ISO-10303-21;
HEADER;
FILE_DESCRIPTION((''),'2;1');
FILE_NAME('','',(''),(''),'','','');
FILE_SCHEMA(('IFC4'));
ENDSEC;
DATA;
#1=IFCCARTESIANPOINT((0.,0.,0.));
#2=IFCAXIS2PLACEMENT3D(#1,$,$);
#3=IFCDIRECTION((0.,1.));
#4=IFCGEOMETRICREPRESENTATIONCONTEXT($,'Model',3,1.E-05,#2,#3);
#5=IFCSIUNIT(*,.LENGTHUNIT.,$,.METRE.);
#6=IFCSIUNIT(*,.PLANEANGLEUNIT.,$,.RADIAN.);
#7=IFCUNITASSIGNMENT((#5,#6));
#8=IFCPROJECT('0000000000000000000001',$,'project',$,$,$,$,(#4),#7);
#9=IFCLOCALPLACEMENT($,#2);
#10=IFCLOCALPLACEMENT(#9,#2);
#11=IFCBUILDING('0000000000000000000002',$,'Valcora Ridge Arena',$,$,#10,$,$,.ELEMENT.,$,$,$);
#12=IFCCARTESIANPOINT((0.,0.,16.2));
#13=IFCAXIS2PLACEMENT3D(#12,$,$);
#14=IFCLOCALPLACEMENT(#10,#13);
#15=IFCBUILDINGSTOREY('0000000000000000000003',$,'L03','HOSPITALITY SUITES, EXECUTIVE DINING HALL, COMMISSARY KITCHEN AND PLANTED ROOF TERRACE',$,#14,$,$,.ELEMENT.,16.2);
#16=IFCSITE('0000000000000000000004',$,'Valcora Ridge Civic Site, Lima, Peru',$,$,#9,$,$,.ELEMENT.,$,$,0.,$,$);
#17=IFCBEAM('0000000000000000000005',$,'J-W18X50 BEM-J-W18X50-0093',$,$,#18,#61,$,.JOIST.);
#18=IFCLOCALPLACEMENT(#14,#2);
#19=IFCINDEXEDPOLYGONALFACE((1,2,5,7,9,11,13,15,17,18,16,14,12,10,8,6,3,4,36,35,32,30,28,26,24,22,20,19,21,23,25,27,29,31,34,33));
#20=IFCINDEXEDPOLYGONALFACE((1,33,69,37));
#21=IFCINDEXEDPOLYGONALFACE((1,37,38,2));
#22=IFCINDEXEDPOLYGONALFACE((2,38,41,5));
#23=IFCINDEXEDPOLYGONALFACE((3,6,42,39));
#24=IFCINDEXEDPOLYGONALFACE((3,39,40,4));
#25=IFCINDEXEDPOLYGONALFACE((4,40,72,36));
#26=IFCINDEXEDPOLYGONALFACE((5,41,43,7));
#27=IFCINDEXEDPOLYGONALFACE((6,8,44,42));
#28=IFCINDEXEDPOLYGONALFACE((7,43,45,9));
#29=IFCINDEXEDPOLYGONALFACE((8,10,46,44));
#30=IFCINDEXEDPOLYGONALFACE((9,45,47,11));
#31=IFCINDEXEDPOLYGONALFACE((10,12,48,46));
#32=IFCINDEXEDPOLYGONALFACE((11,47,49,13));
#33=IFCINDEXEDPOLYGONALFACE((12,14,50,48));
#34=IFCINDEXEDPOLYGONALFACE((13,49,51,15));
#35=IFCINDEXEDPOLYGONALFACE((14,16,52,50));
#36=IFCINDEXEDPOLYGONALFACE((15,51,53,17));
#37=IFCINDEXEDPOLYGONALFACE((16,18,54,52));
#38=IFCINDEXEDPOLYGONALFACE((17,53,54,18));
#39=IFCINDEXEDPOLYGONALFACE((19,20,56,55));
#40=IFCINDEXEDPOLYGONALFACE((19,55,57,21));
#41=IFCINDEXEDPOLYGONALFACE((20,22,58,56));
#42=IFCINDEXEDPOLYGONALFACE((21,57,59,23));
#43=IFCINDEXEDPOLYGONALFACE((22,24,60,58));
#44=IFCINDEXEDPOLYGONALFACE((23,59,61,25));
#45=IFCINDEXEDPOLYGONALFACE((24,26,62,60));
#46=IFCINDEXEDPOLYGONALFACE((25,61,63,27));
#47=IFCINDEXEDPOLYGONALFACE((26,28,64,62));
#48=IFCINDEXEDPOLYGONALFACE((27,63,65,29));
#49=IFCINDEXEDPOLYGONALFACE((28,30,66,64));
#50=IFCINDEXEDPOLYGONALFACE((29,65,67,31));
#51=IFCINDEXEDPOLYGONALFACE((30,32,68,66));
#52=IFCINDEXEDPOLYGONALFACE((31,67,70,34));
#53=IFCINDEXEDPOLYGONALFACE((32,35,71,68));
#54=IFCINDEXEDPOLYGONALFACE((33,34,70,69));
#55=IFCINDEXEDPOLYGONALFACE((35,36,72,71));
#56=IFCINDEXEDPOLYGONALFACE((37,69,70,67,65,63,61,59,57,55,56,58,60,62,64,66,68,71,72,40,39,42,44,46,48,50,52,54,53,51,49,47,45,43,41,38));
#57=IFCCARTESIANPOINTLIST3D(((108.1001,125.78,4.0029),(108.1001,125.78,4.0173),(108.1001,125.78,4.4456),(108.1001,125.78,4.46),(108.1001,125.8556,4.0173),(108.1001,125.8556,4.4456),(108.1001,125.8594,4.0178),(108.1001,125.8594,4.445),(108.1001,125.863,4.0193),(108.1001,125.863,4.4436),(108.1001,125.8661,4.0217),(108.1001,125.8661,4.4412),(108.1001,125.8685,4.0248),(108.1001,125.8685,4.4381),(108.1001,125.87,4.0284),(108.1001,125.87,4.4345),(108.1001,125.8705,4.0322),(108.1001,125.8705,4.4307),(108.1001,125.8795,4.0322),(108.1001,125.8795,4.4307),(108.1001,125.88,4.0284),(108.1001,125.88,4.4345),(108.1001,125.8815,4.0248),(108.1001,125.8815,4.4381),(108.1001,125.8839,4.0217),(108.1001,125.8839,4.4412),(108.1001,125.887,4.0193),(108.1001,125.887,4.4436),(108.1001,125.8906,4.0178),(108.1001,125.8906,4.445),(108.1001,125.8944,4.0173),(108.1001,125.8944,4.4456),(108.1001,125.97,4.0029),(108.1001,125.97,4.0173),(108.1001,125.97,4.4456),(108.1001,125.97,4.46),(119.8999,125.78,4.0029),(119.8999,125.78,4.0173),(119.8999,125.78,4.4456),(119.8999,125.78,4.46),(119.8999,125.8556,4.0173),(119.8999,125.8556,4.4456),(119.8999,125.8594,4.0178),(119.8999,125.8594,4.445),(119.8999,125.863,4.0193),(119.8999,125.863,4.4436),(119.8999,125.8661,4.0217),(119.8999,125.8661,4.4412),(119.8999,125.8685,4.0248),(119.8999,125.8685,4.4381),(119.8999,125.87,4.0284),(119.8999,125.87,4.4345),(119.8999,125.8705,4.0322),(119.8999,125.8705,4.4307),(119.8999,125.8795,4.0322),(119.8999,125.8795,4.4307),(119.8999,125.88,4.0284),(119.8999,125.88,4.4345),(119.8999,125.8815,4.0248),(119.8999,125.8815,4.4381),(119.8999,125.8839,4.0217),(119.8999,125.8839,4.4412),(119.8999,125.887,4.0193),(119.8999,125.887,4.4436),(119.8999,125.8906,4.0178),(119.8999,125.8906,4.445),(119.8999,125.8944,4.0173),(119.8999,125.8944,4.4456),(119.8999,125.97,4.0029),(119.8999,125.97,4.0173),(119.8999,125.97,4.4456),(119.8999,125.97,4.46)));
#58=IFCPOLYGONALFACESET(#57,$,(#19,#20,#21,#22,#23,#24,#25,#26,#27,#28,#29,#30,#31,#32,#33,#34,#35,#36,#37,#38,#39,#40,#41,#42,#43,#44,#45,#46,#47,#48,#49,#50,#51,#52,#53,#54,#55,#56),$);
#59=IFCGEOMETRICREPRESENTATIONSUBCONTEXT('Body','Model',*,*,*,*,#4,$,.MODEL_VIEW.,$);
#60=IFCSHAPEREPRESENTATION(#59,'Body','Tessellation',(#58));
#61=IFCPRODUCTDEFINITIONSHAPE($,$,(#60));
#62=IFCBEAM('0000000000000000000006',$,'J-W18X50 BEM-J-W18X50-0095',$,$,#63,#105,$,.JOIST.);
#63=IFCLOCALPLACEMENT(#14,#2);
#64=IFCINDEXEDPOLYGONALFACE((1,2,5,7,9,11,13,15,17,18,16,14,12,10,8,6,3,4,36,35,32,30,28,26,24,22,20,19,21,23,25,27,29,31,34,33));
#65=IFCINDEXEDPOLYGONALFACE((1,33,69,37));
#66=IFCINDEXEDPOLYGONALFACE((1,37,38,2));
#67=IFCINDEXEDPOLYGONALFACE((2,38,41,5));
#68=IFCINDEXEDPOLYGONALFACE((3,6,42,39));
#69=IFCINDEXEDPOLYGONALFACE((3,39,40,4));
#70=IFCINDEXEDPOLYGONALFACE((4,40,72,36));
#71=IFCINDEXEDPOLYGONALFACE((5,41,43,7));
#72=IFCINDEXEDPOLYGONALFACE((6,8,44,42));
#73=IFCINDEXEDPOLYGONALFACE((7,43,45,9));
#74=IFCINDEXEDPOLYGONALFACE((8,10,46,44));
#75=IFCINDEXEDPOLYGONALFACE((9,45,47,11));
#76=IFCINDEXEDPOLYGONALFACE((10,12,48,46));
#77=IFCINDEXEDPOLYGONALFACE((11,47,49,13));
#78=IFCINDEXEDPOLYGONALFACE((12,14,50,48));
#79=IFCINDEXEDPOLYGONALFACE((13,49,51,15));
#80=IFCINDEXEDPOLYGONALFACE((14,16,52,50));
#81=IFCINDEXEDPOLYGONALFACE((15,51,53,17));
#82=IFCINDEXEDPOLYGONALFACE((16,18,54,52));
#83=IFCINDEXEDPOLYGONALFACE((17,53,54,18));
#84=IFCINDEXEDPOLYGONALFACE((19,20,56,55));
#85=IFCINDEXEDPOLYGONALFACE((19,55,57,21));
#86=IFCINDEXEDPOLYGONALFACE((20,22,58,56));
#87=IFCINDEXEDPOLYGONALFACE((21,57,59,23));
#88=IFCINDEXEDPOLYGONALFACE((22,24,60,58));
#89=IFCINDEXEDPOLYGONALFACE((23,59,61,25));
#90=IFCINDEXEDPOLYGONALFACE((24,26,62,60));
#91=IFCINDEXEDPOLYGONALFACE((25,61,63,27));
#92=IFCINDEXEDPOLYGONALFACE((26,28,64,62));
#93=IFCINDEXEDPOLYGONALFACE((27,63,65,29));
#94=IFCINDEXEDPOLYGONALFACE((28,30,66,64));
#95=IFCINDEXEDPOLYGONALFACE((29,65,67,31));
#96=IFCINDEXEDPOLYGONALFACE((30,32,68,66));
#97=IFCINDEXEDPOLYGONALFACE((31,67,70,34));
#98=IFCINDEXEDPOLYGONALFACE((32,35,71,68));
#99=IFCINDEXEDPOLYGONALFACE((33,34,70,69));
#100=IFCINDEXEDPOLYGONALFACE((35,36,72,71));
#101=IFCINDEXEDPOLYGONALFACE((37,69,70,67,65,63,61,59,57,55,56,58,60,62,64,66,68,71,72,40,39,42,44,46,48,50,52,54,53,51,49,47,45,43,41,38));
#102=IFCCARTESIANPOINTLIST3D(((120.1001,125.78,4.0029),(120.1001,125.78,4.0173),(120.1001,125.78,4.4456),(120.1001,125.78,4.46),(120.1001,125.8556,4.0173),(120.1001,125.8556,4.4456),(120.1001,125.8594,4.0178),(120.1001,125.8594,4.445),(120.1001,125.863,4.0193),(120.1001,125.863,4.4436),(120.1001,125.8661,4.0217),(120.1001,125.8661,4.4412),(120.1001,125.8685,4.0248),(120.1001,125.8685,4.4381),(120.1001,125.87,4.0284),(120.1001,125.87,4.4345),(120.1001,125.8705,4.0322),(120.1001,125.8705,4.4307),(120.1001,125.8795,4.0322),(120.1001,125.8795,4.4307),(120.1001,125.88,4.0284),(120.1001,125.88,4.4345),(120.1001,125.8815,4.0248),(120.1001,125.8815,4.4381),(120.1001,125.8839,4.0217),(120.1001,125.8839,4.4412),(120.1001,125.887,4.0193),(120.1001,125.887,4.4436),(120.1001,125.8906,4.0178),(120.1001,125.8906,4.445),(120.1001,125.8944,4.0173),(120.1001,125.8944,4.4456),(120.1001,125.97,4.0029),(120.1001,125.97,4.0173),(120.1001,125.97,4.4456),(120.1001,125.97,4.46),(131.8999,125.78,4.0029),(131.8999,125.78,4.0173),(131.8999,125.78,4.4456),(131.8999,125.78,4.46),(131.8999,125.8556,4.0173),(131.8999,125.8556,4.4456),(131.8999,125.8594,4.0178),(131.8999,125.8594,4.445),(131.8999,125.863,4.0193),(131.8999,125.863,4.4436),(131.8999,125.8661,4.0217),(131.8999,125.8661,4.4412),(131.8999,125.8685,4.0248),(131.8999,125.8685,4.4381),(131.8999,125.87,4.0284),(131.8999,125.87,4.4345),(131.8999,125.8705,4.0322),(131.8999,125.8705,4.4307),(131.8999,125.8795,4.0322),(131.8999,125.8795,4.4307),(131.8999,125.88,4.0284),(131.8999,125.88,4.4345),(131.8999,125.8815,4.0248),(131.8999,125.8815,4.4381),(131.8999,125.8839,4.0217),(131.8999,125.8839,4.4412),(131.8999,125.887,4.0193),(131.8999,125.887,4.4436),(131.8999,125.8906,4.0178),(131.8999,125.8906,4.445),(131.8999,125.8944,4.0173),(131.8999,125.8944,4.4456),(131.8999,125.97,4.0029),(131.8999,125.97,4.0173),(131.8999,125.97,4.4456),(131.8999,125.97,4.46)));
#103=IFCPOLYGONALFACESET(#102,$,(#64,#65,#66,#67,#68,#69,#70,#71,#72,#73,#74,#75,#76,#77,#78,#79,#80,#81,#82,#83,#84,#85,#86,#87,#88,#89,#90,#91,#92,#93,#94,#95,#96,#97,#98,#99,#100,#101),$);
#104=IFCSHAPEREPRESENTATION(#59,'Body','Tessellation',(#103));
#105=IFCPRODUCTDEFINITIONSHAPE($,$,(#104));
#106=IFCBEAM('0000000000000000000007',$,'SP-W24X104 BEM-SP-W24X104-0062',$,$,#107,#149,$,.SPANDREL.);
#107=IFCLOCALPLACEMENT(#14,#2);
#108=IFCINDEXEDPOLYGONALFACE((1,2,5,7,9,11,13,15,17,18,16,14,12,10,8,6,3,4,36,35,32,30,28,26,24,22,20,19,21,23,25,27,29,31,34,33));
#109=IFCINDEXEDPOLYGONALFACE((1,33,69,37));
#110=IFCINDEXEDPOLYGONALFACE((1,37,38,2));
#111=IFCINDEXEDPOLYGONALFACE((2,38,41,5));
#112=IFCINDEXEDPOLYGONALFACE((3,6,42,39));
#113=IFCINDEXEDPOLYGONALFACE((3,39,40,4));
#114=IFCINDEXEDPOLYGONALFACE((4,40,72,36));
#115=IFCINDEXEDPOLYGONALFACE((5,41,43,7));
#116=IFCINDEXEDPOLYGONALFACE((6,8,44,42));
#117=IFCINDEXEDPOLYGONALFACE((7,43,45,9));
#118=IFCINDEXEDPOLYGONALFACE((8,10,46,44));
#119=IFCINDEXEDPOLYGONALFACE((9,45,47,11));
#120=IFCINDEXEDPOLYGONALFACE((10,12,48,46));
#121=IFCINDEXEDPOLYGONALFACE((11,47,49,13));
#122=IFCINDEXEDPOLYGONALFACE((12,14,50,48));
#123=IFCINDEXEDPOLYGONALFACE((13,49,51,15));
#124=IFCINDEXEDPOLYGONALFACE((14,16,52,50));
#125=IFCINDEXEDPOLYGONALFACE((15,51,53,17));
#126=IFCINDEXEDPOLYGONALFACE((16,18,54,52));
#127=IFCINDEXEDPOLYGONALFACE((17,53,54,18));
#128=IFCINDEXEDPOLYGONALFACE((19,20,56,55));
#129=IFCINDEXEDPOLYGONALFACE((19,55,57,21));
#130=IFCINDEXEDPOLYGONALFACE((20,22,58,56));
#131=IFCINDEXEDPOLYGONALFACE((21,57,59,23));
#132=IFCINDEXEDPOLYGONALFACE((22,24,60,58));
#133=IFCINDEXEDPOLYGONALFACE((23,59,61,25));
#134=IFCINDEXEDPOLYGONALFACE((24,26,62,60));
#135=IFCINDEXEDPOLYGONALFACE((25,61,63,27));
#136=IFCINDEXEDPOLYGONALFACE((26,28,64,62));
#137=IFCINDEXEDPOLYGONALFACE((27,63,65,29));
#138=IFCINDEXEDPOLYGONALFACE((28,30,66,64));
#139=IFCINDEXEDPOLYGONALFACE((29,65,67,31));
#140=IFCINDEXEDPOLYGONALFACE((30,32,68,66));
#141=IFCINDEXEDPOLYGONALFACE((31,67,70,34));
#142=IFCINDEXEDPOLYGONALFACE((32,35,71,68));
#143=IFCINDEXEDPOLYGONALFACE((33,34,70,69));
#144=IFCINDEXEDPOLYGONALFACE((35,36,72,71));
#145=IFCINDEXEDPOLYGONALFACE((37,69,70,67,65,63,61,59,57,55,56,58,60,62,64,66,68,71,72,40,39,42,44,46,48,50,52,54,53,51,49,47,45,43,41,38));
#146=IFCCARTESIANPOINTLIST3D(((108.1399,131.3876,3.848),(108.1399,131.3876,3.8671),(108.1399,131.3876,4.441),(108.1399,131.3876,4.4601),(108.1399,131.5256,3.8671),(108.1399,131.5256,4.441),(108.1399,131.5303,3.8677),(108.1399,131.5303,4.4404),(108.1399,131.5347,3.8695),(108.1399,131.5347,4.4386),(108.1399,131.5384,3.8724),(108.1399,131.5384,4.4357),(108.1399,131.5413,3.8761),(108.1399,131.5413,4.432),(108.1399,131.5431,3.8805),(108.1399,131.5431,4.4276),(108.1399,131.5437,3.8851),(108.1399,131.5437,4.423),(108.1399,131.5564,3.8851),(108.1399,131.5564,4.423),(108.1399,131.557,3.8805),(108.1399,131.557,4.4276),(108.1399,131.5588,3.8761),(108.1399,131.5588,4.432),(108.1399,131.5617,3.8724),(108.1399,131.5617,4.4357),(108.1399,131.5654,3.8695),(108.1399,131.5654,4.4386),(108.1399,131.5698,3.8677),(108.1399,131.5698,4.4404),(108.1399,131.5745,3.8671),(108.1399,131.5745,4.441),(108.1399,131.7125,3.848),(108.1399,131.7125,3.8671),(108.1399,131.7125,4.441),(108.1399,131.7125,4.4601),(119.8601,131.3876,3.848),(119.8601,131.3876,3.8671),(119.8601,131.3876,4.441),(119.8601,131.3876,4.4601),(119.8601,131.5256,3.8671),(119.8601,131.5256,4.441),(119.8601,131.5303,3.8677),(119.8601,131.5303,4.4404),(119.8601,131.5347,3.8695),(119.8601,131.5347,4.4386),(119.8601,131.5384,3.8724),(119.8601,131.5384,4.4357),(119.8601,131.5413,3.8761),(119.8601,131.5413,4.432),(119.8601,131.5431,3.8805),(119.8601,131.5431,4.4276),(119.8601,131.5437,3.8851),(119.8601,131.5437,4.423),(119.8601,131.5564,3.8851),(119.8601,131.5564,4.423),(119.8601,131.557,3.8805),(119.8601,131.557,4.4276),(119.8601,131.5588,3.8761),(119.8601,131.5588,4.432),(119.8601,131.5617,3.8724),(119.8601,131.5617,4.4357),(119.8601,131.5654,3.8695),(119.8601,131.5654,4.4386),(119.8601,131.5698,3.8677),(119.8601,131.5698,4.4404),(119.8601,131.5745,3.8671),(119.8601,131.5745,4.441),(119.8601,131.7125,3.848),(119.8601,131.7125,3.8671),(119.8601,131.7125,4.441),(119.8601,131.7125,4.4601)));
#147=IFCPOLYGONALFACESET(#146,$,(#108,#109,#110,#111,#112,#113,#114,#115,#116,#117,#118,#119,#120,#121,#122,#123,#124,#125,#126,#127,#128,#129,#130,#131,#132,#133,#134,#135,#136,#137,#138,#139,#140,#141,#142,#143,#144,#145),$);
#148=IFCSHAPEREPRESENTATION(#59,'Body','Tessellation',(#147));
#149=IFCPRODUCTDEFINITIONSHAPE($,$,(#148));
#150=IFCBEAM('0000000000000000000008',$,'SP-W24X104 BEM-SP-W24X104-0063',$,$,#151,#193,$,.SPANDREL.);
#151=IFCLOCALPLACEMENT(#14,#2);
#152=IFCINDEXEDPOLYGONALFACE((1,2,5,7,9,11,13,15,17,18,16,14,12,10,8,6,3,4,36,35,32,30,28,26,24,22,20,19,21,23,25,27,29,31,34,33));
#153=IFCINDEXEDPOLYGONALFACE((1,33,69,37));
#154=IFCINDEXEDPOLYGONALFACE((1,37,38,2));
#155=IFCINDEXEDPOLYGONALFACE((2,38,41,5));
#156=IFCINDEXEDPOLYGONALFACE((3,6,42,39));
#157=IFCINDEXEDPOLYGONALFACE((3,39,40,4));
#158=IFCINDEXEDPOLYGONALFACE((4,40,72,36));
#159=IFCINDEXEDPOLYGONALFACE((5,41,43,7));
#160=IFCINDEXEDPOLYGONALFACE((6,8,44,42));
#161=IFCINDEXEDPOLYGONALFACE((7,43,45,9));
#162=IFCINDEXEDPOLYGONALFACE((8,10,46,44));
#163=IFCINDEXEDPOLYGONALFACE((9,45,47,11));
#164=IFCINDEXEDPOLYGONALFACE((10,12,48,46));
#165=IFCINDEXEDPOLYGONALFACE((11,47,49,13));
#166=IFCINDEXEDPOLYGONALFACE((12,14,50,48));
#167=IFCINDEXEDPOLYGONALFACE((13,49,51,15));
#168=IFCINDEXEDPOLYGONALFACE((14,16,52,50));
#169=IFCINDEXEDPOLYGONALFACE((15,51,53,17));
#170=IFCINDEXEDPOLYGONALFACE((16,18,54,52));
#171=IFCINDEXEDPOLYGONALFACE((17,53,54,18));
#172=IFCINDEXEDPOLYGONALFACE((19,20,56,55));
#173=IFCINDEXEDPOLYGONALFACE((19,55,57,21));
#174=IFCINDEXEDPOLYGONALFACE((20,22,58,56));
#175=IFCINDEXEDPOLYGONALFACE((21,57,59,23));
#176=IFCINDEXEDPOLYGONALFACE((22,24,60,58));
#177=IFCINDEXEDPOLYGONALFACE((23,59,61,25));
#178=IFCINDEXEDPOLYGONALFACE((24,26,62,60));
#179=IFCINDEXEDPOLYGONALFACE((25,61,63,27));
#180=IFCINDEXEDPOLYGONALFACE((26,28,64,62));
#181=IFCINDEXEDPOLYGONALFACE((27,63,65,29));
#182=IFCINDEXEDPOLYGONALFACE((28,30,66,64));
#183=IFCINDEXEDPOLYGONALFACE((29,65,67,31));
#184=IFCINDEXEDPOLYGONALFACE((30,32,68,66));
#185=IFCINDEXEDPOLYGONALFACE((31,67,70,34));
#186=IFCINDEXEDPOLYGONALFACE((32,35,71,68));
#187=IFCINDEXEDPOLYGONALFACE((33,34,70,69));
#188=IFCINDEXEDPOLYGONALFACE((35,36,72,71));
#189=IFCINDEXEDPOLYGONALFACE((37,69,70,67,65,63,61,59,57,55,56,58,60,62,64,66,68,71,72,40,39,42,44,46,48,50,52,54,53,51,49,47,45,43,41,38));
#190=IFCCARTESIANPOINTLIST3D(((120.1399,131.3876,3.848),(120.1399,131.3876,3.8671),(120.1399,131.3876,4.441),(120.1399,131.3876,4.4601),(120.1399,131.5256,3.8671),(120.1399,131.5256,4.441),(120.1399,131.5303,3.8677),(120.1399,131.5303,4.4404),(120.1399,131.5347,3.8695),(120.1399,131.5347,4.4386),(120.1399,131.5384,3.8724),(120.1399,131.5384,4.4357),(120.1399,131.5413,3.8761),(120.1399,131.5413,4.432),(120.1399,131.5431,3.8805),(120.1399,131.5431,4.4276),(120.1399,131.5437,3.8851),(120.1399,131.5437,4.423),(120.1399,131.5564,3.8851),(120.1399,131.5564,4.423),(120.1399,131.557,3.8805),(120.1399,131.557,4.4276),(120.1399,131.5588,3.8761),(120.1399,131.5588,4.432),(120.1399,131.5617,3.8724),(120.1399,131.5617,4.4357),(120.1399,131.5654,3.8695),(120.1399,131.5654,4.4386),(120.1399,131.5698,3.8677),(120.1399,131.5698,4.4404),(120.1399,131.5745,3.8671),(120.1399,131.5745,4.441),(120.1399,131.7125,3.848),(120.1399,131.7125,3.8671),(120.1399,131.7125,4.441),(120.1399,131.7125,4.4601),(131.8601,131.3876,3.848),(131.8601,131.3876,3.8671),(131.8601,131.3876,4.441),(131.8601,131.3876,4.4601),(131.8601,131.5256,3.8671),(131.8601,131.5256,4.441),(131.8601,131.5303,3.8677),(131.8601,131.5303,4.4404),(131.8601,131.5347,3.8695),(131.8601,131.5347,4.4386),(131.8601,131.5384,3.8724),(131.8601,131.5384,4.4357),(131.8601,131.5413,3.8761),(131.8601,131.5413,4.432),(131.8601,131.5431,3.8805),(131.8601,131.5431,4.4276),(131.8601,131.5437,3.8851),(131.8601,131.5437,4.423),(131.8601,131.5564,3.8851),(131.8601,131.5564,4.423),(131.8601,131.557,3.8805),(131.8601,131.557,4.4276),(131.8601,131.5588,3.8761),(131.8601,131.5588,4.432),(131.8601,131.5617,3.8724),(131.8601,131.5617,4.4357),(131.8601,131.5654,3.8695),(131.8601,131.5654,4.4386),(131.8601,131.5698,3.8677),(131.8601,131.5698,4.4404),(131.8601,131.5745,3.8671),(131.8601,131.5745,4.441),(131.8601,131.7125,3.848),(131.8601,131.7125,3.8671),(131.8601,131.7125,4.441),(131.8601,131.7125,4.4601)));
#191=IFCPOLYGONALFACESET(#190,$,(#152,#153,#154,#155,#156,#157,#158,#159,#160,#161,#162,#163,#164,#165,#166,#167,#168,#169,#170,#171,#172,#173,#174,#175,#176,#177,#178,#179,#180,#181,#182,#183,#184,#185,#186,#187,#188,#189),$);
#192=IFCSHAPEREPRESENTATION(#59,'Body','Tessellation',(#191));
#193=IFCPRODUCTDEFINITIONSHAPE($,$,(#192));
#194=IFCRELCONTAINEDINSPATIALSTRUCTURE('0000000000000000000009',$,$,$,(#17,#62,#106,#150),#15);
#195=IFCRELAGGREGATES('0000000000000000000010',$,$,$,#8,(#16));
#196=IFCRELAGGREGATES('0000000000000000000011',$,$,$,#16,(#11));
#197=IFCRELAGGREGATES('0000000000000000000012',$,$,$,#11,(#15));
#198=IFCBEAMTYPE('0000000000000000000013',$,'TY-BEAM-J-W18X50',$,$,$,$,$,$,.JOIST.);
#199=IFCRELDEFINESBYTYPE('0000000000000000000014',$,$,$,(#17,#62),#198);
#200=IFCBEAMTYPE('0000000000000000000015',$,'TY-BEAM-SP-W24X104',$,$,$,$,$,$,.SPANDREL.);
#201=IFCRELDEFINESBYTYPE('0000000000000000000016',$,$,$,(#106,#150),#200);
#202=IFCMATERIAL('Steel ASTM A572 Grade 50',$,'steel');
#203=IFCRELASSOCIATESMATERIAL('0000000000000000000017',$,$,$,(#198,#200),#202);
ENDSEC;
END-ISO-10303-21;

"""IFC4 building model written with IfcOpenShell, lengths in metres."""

from ifc_helpers import new_model, si_unit, direction, frame, origin, origin_2d, place, context, subcontext, project, spatial, i_section, extrude, material, material_profile, profile_set, type_object, element, save


model = new_model("IFC4")

# Units and contexts
model_context = context("Model", 3, precision=1e-05, world=origin(), true_north=direction((0.0, 1.0)))
body_context = subcontext(model_context, "Body", "Model", "MODEL_VIEW")
ifc_project = project(units=[si_unit("LENGTHUNIT", "METRE"), si_unit("PLANEANGLEUNIT", "RADIAN")], contexts=[model_context])

# Site, building, storey
site_placement = place(None, origin())
site = spatial("IfcSite", under=ifc_project, at=site_placement, Name="Valcora Ridge Civic Site, Lima, Peru", CompositionType="ELEMENT", RefElevation=0.0)
building_placement = place(site_placement, origin())
building = spatial("IfcBuilding", under=site, at=building_placement, Name="Valcora Ridge Arena", CompositionType="ELEMENT")
storey_placement = place(building_placement, frame((0.0, 0.0, 16.2)))
storey = spatial("IfcBuildingStorey", under=building, at=storey_placement, Name="L03", Description="HOSPITALITY SUITES, EXECUTIVE DINING HALL, COMMISSARY KITCHEN AND PLANTED ROOF TERRACE", CompositionType="ELEMENT", Elevation=16.2)

# Beams
ifc_material_1 = material(Name="Steel ASTM A572 Grade 50", Category="steel")
ifc_material_profile_1 = material_profile(ifc_material_1, i_section(OverallWidth=0.1899, OverallDepth=0.457, WebThickness=0.009, FlangeThickness=0.0144, FilletRadius=0.0149, at=origin_2d()), Name="W18X50")
ifc_profile_set_1 = profile_set([ifc_material_profile_1], Name="Steel ASTM A572 Grade 50")
beam_type_1 = type_object("IfcBeamType", Name="TY-BEAM-J-W18X50", PredefinedType="JOIST", material=ifc_profile_set_1)
for number, where, z_axis, x_axis, name in (
    (1, (108.1001, 125.875, 4.2314), (1.0, 0.0, 0.0), (0.0, 1.0, 0.0), "J-W18X50 BEM-J-W18X50-0093"),
    (2, (120.1001, 125.875, 4.2314), (1.0, 0.0, 0.0), (0.0, 1.0, 0.0), "J-W18X50 BEM-J-W18X50-0095"),
):
    element("IfcBeam", number, at=place(storey_placement, frame(where, z_axis=z_axis, x_axis=x_axis)), inside=storey, type_object=beam_type_1, Name=name, PredefinedType="JOIST", context=body_context, shape_type="SweptSolid", body=[
        extrude(i_section(OverallWidth=0.1899, OverallDepth=0.457, WebThickness=0.009, FlangeThickness=0.0144, FilletRadius=0.0149, at=origin_2d()), origin(), (0.0, 0.0, 1.0), 11.7998),
    ])
ifc_material_profile_2 = material_profile(ifc_material_1, i_section(OverallWidth=0.325, OverallDepth=0.6121, WebThickness=0.0127, FlangeThickness=0.019, FilletRadius=0.0181, at=origin_2d()), Name="W24X104")
ifc_profile_set_2 = profile_set([ifc_material_profile_2], Name="Steel ASTM A572 Grade 50")
beam_type_2 = type_object("IfcBeamType", Name="TY-BEAM-SP-W24X104", PredefinedType="SPANDREL", material=ifc_profile_set_2)
for number, where, z_axis, x_axis, name in (
    (3, (108.1399, 131.55, 4.1541), (1.0, 0.0, 0.0), (0.0, 1.0, 0.0), "SP-W24X104 BEM-SP-W24X104-0062"),
    (4, (120.1399, 131.55, 4.1541), (1.0, 0.0, 0.0), (0.0, 1.0, 0.0), "SP-W24X104 BEM-SP-W24X104-0063"),
):
    element("IfcBeam", number, at=place(storey_placement, frame(where, z_axis=z_axis, x_axis=x_axis)), inside=storey, type_object=beam_type_2, Name=name, PredefinedType="SPANDREL", context=body_context, shape_type="SweptSolid", body=[
        extrude(i_section(OverallWidth=0.325, OverallDepth=0.6121, WebThickness=0.0127, FlangeThickness=0.019, FilletRadius=0.0181, at=origin_2d()), origin(), (0.0, 0.0, 1.0), 11.7202),
    ])

save(model, "model.ifc")
